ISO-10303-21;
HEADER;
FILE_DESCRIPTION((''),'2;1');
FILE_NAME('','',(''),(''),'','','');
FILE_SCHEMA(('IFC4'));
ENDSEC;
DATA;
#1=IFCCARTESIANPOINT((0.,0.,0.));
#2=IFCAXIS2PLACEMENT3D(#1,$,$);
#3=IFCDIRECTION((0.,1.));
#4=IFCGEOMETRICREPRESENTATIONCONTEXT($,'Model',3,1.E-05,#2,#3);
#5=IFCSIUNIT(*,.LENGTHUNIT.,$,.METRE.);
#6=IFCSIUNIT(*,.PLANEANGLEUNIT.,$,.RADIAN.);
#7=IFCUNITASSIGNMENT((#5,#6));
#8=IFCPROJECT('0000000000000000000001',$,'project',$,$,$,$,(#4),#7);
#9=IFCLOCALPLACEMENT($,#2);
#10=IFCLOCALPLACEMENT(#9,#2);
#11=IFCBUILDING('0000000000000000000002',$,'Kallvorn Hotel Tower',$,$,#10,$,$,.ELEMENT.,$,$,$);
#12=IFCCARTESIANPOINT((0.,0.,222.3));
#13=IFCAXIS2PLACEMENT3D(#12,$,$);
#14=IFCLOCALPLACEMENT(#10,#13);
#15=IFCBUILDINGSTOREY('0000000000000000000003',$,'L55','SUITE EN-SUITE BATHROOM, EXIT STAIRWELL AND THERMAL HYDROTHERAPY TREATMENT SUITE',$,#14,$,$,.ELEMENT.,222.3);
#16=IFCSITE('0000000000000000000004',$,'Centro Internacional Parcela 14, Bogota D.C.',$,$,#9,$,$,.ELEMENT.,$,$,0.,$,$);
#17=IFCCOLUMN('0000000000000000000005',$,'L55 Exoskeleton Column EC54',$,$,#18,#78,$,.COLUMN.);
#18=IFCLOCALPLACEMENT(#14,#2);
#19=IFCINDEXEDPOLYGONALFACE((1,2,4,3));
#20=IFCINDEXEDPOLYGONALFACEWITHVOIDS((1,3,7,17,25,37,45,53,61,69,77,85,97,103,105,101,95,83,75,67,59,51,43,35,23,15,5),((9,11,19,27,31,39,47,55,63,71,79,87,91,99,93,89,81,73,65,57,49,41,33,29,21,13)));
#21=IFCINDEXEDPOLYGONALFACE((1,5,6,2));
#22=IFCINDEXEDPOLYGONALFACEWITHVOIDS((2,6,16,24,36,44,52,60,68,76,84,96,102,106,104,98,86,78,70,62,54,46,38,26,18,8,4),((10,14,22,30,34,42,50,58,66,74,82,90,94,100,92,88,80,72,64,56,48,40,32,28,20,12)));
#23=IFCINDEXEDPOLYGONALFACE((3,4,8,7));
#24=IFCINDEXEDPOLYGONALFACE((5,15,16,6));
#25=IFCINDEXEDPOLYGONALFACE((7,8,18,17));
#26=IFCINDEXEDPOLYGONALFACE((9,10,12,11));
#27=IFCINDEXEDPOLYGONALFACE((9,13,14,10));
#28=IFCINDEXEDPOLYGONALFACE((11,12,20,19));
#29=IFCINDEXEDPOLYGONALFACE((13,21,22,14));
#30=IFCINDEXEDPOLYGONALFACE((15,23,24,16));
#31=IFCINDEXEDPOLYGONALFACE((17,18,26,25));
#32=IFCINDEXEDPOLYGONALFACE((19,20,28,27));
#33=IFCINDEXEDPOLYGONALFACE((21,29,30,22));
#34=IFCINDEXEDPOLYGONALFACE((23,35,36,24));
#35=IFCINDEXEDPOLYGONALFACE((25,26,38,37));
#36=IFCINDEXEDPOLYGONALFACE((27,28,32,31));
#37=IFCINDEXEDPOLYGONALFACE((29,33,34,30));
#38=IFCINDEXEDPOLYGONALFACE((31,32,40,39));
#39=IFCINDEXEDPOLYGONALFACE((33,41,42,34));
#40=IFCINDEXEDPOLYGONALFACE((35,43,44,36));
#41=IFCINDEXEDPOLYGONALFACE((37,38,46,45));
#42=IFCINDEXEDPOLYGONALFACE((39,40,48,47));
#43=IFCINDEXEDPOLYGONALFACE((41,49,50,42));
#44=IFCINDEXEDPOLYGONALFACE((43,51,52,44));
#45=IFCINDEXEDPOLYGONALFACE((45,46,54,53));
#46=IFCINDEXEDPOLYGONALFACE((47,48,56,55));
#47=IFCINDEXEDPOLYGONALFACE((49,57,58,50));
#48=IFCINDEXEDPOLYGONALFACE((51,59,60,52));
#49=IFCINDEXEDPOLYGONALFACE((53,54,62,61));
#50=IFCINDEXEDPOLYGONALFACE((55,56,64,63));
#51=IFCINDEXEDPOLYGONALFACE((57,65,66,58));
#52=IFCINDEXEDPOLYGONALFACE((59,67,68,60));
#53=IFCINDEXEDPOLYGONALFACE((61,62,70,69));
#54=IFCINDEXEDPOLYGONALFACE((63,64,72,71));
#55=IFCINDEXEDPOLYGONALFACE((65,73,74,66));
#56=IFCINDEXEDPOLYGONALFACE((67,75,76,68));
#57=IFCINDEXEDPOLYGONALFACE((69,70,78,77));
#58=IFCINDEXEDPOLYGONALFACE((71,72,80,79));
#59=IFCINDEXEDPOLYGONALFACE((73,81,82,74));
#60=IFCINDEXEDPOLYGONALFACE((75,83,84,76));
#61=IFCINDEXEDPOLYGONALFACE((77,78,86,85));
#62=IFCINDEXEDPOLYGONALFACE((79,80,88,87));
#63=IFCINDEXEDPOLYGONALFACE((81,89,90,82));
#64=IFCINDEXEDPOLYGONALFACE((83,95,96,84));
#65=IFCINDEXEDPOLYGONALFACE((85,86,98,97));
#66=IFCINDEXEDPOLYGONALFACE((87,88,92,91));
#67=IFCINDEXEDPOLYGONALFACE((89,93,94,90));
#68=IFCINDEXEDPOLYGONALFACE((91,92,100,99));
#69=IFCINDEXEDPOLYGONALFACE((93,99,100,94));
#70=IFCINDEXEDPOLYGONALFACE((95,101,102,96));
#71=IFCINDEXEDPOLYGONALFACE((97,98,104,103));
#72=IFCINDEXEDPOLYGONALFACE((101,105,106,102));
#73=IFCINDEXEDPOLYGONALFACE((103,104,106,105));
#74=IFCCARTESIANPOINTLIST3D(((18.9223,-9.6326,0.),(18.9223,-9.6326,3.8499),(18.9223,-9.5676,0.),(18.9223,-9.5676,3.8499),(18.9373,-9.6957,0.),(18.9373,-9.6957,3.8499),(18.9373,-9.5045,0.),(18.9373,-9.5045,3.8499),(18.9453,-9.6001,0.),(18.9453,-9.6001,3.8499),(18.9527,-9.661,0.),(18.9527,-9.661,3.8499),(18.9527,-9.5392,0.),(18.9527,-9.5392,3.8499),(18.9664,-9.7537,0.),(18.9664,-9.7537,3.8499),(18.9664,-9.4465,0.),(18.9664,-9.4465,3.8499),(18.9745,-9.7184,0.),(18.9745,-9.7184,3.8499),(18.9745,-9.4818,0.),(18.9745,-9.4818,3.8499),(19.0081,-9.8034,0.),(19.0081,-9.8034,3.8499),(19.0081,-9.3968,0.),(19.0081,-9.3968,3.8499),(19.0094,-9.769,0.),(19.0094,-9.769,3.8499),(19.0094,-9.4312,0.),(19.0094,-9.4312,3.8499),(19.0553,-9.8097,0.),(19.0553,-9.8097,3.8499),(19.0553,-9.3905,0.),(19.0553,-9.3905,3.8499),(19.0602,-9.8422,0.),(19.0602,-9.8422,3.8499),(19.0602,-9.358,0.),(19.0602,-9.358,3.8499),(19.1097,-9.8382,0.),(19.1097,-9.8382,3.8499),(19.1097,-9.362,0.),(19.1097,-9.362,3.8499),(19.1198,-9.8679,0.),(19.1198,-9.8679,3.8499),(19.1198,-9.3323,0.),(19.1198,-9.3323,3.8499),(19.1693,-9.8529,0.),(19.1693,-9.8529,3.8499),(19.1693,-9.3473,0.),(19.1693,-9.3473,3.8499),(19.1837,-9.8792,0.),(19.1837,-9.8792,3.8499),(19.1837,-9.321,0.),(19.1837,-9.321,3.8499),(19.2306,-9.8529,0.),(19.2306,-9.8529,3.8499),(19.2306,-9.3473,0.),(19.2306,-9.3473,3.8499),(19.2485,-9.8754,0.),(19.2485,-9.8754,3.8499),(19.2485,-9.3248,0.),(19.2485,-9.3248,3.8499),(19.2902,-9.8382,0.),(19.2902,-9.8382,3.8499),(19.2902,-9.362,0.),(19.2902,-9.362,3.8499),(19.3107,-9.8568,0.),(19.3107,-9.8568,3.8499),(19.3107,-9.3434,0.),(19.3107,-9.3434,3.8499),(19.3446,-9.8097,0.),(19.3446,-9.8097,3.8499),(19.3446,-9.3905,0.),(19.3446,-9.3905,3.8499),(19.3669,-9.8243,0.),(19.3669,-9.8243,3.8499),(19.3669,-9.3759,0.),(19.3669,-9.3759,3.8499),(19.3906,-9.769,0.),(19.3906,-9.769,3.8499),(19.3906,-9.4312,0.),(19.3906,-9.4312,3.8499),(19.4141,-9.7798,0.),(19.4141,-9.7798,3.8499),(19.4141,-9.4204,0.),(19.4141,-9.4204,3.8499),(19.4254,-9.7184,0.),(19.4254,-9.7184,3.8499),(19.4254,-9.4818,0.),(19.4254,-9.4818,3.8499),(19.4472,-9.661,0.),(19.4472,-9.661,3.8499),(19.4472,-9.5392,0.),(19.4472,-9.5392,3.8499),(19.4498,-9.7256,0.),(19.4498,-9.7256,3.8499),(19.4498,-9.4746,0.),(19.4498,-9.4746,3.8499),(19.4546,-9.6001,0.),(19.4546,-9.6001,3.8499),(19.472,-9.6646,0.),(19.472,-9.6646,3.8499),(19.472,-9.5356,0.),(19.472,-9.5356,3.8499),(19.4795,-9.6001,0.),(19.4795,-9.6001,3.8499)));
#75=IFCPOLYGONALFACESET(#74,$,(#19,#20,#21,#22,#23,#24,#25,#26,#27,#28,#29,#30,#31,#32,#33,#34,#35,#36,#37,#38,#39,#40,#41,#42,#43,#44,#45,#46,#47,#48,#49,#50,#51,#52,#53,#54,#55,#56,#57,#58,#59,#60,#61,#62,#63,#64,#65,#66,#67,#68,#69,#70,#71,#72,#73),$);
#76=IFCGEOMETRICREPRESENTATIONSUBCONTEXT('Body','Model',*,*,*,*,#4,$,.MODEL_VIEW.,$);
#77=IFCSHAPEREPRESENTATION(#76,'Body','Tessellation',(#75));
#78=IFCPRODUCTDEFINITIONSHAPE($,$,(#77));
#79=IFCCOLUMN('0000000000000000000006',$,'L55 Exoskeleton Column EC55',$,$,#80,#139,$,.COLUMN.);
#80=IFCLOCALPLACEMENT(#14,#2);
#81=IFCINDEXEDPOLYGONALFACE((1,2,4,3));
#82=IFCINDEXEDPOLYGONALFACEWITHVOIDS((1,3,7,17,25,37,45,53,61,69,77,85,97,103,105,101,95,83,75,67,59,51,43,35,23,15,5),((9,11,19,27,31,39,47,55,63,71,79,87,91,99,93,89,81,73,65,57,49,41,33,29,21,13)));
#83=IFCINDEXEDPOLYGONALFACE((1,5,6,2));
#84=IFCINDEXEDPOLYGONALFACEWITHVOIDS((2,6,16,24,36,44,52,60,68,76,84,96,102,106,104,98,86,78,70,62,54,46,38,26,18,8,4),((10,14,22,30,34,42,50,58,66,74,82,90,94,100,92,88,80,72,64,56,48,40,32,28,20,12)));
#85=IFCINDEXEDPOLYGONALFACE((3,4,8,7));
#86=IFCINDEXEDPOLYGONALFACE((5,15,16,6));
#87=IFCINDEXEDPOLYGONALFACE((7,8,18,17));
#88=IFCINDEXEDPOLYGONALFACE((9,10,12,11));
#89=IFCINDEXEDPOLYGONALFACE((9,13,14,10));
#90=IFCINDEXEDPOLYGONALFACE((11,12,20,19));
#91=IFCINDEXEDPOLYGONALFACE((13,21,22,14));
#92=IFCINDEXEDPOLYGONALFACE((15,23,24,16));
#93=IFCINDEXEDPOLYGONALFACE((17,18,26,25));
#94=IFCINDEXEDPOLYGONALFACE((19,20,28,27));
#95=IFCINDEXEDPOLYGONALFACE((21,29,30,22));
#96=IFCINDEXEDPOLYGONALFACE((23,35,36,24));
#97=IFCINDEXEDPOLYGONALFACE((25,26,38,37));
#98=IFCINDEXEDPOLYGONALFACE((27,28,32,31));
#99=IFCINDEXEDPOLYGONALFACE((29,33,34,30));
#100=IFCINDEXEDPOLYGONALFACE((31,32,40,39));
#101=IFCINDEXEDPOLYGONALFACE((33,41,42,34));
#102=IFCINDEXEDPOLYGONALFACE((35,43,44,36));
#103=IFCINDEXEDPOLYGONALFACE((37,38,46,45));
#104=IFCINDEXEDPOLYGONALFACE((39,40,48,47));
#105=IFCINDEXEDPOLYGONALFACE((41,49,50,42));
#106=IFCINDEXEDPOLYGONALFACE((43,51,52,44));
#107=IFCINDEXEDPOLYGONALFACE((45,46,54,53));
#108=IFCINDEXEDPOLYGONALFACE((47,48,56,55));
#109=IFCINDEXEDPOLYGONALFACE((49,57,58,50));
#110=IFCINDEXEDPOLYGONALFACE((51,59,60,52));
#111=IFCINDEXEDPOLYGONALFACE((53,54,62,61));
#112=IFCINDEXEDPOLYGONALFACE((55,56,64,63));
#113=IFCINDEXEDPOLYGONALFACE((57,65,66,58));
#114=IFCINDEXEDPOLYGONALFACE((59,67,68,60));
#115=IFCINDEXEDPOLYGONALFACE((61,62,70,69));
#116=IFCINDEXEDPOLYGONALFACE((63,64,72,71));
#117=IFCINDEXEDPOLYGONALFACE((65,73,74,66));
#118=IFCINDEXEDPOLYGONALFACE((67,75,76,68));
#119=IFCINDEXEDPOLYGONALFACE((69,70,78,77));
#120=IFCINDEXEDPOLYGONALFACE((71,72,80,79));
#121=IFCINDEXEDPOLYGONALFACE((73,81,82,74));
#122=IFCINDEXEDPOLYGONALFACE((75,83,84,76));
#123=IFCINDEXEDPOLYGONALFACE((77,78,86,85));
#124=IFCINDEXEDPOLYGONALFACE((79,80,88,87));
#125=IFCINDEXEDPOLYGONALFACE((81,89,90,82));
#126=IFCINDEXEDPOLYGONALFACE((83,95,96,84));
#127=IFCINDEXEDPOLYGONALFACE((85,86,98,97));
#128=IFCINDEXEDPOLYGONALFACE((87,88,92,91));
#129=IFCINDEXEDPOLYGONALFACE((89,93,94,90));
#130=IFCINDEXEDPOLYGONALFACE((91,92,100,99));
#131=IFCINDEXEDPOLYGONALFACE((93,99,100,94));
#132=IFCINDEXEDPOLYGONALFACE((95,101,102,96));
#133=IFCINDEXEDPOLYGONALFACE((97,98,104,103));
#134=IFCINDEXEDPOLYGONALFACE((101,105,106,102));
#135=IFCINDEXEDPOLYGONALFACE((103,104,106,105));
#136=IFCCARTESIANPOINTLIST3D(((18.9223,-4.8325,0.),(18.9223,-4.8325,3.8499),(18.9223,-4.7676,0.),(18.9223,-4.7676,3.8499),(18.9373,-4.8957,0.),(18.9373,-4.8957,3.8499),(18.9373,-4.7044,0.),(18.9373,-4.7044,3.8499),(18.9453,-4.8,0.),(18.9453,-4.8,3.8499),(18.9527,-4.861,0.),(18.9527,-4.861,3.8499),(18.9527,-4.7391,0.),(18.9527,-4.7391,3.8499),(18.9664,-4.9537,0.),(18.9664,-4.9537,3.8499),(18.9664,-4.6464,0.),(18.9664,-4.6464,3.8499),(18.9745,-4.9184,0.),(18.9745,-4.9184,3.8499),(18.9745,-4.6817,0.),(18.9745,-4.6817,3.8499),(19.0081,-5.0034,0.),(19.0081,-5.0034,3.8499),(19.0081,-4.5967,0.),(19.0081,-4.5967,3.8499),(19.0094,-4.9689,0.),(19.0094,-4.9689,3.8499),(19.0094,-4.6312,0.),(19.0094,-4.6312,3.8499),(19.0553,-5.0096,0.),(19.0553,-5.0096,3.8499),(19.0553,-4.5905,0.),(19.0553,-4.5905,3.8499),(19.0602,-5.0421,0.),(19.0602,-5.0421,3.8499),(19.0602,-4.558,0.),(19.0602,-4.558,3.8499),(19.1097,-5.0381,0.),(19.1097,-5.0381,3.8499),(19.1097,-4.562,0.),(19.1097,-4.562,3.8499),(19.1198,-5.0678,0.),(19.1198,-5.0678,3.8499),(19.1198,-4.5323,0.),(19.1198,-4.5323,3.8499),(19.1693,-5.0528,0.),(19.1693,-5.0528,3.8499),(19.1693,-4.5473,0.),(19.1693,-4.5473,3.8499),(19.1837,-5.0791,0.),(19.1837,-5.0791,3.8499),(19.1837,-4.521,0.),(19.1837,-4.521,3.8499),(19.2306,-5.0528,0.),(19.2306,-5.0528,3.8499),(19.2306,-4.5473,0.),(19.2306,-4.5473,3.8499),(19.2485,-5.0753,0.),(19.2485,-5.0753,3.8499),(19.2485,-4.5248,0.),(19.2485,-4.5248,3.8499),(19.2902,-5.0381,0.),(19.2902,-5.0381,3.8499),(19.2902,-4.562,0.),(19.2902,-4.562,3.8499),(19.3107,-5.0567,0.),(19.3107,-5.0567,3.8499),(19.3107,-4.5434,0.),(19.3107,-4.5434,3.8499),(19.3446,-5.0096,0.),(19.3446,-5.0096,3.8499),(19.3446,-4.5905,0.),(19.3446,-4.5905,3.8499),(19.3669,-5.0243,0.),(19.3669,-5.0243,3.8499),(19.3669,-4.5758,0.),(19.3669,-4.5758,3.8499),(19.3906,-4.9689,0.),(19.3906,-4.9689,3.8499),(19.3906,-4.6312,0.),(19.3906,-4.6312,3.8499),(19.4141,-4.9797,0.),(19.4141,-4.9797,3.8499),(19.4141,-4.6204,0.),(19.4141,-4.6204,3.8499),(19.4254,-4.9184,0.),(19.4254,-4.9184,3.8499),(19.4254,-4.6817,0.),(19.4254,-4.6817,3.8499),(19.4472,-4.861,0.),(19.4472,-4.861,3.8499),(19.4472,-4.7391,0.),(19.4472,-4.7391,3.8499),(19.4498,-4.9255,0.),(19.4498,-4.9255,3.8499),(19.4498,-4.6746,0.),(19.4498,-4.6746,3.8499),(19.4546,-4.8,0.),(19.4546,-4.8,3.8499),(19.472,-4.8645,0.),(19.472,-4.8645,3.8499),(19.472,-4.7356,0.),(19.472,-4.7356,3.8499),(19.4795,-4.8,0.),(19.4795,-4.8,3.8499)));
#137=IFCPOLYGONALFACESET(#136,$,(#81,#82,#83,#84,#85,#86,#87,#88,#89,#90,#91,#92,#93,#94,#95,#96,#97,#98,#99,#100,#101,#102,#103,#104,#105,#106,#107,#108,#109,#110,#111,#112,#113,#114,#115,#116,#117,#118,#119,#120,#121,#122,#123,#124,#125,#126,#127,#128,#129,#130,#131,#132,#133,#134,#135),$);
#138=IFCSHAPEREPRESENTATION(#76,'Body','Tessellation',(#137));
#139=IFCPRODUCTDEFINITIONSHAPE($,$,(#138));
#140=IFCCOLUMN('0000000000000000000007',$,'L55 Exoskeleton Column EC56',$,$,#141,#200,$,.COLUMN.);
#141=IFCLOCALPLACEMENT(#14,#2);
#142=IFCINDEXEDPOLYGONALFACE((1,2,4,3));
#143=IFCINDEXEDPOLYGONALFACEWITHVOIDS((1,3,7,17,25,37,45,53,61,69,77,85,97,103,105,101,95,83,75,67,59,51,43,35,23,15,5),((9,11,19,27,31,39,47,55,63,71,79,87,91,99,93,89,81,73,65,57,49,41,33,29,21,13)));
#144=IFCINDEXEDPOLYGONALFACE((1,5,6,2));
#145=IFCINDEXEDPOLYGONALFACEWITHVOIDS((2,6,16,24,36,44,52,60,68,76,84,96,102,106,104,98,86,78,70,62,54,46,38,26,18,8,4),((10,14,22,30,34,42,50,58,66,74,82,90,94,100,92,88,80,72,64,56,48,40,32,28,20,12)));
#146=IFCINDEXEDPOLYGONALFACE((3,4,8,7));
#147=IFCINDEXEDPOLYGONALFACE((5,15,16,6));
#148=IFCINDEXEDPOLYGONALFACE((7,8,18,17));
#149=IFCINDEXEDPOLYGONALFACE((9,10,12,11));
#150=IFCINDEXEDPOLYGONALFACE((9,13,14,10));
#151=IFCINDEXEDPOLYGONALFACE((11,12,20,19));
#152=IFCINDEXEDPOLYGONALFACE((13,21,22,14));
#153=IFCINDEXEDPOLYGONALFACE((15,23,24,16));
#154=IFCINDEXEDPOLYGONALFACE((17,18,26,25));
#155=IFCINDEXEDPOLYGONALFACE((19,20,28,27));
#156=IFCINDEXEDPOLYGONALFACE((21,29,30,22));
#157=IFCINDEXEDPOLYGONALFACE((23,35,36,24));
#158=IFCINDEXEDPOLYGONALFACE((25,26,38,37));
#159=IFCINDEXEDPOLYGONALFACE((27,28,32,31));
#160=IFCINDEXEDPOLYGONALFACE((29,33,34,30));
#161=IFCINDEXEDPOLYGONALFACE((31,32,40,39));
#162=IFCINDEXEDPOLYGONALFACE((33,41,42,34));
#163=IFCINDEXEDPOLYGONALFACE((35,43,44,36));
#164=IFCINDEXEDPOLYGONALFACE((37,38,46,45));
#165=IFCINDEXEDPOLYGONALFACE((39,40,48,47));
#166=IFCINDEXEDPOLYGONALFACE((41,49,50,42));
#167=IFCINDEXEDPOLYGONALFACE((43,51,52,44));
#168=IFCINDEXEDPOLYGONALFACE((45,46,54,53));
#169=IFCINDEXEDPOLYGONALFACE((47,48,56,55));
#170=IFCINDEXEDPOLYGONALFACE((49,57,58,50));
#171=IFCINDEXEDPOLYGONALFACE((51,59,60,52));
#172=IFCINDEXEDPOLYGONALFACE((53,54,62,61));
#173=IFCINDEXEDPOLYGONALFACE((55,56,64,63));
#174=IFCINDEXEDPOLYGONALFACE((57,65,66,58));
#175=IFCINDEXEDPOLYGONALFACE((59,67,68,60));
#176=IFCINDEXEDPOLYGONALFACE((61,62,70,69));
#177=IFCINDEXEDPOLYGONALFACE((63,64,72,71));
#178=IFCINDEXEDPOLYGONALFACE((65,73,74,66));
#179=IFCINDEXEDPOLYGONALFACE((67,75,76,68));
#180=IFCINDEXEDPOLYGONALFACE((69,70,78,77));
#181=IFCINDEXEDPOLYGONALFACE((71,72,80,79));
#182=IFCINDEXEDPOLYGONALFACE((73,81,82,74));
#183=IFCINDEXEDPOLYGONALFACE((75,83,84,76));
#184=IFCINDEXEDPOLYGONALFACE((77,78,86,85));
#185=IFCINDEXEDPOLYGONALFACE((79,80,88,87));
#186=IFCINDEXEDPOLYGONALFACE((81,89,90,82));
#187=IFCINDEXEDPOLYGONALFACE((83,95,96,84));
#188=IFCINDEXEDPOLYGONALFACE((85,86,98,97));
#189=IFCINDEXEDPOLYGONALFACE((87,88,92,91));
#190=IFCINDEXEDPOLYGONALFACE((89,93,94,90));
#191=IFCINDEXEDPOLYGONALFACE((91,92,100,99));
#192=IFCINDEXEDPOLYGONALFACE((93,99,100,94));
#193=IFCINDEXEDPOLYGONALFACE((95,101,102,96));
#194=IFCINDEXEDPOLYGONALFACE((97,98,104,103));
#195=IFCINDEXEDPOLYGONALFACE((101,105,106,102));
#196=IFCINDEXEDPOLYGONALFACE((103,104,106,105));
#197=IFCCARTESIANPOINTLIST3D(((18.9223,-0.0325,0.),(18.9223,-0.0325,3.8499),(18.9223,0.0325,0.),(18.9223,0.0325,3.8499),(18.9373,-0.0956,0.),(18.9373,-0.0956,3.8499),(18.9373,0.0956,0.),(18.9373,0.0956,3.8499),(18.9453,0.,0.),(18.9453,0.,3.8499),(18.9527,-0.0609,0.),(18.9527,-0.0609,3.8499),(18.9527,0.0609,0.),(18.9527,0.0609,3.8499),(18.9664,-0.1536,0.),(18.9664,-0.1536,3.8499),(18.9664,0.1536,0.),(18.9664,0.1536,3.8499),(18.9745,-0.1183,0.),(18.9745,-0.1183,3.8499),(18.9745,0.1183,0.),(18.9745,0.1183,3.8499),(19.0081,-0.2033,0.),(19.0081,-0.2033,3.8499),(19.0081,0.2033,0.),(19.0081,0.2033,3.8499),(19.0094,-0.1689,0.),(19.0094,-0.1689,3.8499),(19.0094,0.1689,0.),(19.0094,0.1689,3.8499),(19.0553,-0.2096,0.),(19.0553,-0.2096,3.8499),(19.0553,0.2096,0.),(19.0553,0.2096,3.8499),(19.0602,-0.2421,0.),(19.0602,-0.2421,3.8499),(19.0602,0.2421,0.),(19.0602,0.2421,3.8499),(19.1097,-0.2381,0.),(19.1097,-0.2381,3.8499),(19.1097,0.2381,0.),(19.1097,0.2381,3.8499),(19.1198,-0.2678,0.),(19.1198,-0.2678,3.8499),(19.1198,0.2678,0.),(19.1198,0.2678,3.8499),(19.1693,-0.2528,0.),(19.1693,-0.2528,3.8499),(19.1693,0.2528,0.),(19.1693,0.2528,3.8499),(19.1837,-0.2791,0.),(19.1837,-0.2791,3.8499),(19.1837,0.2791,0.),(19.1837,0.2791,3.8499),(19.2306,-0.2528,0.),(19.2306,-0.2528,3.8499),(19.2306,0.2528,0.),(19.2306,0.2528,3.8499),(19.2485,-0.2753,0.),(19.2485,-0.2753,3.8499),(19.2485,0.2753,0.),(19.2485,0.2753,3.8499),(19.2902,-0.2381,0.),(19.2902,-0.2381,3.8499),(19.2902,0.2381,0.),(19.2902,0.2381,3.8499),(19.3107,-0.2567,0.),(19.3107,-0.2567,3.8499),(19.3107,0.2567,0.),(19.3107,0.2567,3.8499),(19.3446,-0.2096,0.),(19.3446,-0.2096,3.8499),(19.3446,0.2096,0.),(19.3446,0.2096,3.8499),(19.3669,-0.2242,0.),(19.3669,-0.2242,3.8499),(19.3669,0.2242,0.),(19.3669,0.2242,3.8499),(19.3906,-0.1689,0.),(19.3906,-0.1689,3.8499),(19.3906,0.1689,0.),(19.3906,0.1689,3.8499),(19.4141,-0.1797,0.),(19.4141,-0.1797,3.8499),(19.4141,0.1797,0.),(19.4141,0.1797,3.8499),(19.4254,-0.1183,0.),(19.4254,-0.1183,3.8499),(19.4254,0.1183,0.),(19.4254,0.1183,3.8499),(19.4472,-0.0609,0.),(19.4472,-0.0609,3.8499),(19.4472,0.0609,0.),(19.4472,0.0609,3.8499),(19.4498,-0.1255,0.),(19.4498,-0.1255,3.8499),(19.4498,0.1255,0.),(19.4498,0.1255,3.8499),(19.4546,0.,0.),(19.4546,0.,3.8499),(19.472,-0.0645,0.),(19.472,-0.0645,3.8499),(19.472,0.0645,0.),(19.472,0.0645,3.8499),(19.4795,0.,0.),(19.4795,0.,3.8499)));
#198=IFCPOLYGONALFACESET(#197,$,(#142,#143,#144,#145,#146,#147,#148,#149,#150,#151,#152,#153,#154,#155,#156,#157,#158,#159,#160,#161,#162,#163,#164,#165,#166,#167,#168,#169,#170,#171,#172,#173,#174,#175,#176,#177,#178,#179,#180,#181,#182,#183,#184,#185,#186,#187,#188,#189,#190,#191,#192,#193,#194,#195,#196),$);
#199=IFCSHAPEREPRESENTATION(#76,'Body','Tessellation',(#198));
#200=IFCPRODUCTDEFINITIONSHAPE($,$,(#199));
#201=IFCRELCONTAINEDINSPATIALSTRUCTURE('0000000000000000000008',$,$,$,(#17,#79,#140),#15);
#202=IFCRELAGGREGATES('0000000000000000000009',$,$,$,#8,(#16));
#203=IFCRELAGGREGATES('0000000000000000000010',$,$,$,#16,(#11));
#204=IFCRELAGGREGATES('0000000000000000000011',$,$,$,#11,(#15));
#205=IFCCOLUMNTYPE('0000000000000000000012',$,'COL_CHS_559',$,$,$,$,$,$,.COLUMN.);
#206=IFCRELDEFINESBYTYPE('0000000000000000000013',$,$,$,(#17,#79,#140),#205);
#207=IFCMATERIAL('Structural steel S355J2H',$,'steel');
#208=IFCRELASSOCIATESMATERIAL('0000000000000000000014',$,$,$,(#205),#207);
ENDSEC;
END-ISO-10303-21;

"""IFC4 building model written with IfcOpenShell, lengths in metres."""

from ifc_helpers import new_model, si_unit, direction, frame, origin, origin_2d, place, context, subcontext, project, spatial, hollow_circle, extrude, material, material_profile, profile_set, type_object, element, save


model = new_model("IFC4")

# Units and contexts
model_context = context("Model", 3, precision=1e-05, world=origin(), true_north=direction((0.0, 1.0)))
body_context = subcontext(model_context, "Body", "Model", "MODEL_VIEW")
ifc_project = project(units=[si_unit("LENGTHUNIT", "METRE"), si_unit("PLANEANGLEUNIT", "RADIAN")], contexts=[model_context])

# Site, building, storey
site_placement = place(None, origin())
site = spatial("IfcSite", under=ifc_project, at=site_placement, Name="Centro Internacional Parcela 14, Bogota D.C.", CompositionType="ELEMENT", RefElevation=0.0)
building_placement = place(site_placement, origin())
building = spatial("IfcBuilding", under=site, at=building_placement, Name="Kallvorn Hotel Tower", CompositionType="ELEMENT")
storey_placement = place(building_placement, frame((0.0, 0.0, 222.3)))
storey = spatial("IfcBuildingStorey", under=building, at=storey_placement, Name="L55", Description="SUITE EN-SUITE BATHROOM, EXIT STAIRWELL AND THERMAL HYDROTHERAPY TREATMENT SUITE", CompositionType="ELEMENT", Elevation=222.3)

# Columns
ifc_material_1 = material(Name="Structural steel S355J2H", Category="steel")
ifc_material_profile_1 = material_profile(ifc_material_1, hollow_circle(Radius=0.2795, WallThickness=0.0249, at=origin_2d()), Name="CHS 559x25")
ifc_profile_set_1 = profile_set([ifc_material_profile_1], Name="Structural steel S355J2H")
column_type_1 = type_object("IfcColumnType", Name="COL_CHS_559", PredefinedType="COLUMN", material=ifc_profile_set_1)
for number, where, z_axis, x_axis, name in (
    (1, (19.2, -9.6001, 0.0), (0.0, 0.0, 1.0), (1.0, 0.0, 0.0), "L55 Exoskeleton Column EC54"),
    (2, (19.2, -4.8, 0.0), (0.0, 0.0, 1.0), (1.0, 0.0, 0.0), "L55 Exoskeleton Column EC55"),
    (3, (19.2, 0.0, 0.0), (0.0, 0.0, 1.0), (1.0, 0.0, 0.0), "L55 Exoskeleton Column EC56"),
):
    element("IfcColumn", number, at=place(storey_placement, frame(where, z_axis=z_axis, x_axis=x_axis)), inside=storey, type_object=column_type_1, Name=name, PredefinedType="COLUMN", context=body_context, shape_type="SweptSolid", body=[
        extrude(hollow_circle(Radius=0.2795, WallThickness=0.0249, at=origin_2d()), origin(), (0.0, 0.0, 1.0), 3.8499),
    ])

save(model, "model.ifc")
